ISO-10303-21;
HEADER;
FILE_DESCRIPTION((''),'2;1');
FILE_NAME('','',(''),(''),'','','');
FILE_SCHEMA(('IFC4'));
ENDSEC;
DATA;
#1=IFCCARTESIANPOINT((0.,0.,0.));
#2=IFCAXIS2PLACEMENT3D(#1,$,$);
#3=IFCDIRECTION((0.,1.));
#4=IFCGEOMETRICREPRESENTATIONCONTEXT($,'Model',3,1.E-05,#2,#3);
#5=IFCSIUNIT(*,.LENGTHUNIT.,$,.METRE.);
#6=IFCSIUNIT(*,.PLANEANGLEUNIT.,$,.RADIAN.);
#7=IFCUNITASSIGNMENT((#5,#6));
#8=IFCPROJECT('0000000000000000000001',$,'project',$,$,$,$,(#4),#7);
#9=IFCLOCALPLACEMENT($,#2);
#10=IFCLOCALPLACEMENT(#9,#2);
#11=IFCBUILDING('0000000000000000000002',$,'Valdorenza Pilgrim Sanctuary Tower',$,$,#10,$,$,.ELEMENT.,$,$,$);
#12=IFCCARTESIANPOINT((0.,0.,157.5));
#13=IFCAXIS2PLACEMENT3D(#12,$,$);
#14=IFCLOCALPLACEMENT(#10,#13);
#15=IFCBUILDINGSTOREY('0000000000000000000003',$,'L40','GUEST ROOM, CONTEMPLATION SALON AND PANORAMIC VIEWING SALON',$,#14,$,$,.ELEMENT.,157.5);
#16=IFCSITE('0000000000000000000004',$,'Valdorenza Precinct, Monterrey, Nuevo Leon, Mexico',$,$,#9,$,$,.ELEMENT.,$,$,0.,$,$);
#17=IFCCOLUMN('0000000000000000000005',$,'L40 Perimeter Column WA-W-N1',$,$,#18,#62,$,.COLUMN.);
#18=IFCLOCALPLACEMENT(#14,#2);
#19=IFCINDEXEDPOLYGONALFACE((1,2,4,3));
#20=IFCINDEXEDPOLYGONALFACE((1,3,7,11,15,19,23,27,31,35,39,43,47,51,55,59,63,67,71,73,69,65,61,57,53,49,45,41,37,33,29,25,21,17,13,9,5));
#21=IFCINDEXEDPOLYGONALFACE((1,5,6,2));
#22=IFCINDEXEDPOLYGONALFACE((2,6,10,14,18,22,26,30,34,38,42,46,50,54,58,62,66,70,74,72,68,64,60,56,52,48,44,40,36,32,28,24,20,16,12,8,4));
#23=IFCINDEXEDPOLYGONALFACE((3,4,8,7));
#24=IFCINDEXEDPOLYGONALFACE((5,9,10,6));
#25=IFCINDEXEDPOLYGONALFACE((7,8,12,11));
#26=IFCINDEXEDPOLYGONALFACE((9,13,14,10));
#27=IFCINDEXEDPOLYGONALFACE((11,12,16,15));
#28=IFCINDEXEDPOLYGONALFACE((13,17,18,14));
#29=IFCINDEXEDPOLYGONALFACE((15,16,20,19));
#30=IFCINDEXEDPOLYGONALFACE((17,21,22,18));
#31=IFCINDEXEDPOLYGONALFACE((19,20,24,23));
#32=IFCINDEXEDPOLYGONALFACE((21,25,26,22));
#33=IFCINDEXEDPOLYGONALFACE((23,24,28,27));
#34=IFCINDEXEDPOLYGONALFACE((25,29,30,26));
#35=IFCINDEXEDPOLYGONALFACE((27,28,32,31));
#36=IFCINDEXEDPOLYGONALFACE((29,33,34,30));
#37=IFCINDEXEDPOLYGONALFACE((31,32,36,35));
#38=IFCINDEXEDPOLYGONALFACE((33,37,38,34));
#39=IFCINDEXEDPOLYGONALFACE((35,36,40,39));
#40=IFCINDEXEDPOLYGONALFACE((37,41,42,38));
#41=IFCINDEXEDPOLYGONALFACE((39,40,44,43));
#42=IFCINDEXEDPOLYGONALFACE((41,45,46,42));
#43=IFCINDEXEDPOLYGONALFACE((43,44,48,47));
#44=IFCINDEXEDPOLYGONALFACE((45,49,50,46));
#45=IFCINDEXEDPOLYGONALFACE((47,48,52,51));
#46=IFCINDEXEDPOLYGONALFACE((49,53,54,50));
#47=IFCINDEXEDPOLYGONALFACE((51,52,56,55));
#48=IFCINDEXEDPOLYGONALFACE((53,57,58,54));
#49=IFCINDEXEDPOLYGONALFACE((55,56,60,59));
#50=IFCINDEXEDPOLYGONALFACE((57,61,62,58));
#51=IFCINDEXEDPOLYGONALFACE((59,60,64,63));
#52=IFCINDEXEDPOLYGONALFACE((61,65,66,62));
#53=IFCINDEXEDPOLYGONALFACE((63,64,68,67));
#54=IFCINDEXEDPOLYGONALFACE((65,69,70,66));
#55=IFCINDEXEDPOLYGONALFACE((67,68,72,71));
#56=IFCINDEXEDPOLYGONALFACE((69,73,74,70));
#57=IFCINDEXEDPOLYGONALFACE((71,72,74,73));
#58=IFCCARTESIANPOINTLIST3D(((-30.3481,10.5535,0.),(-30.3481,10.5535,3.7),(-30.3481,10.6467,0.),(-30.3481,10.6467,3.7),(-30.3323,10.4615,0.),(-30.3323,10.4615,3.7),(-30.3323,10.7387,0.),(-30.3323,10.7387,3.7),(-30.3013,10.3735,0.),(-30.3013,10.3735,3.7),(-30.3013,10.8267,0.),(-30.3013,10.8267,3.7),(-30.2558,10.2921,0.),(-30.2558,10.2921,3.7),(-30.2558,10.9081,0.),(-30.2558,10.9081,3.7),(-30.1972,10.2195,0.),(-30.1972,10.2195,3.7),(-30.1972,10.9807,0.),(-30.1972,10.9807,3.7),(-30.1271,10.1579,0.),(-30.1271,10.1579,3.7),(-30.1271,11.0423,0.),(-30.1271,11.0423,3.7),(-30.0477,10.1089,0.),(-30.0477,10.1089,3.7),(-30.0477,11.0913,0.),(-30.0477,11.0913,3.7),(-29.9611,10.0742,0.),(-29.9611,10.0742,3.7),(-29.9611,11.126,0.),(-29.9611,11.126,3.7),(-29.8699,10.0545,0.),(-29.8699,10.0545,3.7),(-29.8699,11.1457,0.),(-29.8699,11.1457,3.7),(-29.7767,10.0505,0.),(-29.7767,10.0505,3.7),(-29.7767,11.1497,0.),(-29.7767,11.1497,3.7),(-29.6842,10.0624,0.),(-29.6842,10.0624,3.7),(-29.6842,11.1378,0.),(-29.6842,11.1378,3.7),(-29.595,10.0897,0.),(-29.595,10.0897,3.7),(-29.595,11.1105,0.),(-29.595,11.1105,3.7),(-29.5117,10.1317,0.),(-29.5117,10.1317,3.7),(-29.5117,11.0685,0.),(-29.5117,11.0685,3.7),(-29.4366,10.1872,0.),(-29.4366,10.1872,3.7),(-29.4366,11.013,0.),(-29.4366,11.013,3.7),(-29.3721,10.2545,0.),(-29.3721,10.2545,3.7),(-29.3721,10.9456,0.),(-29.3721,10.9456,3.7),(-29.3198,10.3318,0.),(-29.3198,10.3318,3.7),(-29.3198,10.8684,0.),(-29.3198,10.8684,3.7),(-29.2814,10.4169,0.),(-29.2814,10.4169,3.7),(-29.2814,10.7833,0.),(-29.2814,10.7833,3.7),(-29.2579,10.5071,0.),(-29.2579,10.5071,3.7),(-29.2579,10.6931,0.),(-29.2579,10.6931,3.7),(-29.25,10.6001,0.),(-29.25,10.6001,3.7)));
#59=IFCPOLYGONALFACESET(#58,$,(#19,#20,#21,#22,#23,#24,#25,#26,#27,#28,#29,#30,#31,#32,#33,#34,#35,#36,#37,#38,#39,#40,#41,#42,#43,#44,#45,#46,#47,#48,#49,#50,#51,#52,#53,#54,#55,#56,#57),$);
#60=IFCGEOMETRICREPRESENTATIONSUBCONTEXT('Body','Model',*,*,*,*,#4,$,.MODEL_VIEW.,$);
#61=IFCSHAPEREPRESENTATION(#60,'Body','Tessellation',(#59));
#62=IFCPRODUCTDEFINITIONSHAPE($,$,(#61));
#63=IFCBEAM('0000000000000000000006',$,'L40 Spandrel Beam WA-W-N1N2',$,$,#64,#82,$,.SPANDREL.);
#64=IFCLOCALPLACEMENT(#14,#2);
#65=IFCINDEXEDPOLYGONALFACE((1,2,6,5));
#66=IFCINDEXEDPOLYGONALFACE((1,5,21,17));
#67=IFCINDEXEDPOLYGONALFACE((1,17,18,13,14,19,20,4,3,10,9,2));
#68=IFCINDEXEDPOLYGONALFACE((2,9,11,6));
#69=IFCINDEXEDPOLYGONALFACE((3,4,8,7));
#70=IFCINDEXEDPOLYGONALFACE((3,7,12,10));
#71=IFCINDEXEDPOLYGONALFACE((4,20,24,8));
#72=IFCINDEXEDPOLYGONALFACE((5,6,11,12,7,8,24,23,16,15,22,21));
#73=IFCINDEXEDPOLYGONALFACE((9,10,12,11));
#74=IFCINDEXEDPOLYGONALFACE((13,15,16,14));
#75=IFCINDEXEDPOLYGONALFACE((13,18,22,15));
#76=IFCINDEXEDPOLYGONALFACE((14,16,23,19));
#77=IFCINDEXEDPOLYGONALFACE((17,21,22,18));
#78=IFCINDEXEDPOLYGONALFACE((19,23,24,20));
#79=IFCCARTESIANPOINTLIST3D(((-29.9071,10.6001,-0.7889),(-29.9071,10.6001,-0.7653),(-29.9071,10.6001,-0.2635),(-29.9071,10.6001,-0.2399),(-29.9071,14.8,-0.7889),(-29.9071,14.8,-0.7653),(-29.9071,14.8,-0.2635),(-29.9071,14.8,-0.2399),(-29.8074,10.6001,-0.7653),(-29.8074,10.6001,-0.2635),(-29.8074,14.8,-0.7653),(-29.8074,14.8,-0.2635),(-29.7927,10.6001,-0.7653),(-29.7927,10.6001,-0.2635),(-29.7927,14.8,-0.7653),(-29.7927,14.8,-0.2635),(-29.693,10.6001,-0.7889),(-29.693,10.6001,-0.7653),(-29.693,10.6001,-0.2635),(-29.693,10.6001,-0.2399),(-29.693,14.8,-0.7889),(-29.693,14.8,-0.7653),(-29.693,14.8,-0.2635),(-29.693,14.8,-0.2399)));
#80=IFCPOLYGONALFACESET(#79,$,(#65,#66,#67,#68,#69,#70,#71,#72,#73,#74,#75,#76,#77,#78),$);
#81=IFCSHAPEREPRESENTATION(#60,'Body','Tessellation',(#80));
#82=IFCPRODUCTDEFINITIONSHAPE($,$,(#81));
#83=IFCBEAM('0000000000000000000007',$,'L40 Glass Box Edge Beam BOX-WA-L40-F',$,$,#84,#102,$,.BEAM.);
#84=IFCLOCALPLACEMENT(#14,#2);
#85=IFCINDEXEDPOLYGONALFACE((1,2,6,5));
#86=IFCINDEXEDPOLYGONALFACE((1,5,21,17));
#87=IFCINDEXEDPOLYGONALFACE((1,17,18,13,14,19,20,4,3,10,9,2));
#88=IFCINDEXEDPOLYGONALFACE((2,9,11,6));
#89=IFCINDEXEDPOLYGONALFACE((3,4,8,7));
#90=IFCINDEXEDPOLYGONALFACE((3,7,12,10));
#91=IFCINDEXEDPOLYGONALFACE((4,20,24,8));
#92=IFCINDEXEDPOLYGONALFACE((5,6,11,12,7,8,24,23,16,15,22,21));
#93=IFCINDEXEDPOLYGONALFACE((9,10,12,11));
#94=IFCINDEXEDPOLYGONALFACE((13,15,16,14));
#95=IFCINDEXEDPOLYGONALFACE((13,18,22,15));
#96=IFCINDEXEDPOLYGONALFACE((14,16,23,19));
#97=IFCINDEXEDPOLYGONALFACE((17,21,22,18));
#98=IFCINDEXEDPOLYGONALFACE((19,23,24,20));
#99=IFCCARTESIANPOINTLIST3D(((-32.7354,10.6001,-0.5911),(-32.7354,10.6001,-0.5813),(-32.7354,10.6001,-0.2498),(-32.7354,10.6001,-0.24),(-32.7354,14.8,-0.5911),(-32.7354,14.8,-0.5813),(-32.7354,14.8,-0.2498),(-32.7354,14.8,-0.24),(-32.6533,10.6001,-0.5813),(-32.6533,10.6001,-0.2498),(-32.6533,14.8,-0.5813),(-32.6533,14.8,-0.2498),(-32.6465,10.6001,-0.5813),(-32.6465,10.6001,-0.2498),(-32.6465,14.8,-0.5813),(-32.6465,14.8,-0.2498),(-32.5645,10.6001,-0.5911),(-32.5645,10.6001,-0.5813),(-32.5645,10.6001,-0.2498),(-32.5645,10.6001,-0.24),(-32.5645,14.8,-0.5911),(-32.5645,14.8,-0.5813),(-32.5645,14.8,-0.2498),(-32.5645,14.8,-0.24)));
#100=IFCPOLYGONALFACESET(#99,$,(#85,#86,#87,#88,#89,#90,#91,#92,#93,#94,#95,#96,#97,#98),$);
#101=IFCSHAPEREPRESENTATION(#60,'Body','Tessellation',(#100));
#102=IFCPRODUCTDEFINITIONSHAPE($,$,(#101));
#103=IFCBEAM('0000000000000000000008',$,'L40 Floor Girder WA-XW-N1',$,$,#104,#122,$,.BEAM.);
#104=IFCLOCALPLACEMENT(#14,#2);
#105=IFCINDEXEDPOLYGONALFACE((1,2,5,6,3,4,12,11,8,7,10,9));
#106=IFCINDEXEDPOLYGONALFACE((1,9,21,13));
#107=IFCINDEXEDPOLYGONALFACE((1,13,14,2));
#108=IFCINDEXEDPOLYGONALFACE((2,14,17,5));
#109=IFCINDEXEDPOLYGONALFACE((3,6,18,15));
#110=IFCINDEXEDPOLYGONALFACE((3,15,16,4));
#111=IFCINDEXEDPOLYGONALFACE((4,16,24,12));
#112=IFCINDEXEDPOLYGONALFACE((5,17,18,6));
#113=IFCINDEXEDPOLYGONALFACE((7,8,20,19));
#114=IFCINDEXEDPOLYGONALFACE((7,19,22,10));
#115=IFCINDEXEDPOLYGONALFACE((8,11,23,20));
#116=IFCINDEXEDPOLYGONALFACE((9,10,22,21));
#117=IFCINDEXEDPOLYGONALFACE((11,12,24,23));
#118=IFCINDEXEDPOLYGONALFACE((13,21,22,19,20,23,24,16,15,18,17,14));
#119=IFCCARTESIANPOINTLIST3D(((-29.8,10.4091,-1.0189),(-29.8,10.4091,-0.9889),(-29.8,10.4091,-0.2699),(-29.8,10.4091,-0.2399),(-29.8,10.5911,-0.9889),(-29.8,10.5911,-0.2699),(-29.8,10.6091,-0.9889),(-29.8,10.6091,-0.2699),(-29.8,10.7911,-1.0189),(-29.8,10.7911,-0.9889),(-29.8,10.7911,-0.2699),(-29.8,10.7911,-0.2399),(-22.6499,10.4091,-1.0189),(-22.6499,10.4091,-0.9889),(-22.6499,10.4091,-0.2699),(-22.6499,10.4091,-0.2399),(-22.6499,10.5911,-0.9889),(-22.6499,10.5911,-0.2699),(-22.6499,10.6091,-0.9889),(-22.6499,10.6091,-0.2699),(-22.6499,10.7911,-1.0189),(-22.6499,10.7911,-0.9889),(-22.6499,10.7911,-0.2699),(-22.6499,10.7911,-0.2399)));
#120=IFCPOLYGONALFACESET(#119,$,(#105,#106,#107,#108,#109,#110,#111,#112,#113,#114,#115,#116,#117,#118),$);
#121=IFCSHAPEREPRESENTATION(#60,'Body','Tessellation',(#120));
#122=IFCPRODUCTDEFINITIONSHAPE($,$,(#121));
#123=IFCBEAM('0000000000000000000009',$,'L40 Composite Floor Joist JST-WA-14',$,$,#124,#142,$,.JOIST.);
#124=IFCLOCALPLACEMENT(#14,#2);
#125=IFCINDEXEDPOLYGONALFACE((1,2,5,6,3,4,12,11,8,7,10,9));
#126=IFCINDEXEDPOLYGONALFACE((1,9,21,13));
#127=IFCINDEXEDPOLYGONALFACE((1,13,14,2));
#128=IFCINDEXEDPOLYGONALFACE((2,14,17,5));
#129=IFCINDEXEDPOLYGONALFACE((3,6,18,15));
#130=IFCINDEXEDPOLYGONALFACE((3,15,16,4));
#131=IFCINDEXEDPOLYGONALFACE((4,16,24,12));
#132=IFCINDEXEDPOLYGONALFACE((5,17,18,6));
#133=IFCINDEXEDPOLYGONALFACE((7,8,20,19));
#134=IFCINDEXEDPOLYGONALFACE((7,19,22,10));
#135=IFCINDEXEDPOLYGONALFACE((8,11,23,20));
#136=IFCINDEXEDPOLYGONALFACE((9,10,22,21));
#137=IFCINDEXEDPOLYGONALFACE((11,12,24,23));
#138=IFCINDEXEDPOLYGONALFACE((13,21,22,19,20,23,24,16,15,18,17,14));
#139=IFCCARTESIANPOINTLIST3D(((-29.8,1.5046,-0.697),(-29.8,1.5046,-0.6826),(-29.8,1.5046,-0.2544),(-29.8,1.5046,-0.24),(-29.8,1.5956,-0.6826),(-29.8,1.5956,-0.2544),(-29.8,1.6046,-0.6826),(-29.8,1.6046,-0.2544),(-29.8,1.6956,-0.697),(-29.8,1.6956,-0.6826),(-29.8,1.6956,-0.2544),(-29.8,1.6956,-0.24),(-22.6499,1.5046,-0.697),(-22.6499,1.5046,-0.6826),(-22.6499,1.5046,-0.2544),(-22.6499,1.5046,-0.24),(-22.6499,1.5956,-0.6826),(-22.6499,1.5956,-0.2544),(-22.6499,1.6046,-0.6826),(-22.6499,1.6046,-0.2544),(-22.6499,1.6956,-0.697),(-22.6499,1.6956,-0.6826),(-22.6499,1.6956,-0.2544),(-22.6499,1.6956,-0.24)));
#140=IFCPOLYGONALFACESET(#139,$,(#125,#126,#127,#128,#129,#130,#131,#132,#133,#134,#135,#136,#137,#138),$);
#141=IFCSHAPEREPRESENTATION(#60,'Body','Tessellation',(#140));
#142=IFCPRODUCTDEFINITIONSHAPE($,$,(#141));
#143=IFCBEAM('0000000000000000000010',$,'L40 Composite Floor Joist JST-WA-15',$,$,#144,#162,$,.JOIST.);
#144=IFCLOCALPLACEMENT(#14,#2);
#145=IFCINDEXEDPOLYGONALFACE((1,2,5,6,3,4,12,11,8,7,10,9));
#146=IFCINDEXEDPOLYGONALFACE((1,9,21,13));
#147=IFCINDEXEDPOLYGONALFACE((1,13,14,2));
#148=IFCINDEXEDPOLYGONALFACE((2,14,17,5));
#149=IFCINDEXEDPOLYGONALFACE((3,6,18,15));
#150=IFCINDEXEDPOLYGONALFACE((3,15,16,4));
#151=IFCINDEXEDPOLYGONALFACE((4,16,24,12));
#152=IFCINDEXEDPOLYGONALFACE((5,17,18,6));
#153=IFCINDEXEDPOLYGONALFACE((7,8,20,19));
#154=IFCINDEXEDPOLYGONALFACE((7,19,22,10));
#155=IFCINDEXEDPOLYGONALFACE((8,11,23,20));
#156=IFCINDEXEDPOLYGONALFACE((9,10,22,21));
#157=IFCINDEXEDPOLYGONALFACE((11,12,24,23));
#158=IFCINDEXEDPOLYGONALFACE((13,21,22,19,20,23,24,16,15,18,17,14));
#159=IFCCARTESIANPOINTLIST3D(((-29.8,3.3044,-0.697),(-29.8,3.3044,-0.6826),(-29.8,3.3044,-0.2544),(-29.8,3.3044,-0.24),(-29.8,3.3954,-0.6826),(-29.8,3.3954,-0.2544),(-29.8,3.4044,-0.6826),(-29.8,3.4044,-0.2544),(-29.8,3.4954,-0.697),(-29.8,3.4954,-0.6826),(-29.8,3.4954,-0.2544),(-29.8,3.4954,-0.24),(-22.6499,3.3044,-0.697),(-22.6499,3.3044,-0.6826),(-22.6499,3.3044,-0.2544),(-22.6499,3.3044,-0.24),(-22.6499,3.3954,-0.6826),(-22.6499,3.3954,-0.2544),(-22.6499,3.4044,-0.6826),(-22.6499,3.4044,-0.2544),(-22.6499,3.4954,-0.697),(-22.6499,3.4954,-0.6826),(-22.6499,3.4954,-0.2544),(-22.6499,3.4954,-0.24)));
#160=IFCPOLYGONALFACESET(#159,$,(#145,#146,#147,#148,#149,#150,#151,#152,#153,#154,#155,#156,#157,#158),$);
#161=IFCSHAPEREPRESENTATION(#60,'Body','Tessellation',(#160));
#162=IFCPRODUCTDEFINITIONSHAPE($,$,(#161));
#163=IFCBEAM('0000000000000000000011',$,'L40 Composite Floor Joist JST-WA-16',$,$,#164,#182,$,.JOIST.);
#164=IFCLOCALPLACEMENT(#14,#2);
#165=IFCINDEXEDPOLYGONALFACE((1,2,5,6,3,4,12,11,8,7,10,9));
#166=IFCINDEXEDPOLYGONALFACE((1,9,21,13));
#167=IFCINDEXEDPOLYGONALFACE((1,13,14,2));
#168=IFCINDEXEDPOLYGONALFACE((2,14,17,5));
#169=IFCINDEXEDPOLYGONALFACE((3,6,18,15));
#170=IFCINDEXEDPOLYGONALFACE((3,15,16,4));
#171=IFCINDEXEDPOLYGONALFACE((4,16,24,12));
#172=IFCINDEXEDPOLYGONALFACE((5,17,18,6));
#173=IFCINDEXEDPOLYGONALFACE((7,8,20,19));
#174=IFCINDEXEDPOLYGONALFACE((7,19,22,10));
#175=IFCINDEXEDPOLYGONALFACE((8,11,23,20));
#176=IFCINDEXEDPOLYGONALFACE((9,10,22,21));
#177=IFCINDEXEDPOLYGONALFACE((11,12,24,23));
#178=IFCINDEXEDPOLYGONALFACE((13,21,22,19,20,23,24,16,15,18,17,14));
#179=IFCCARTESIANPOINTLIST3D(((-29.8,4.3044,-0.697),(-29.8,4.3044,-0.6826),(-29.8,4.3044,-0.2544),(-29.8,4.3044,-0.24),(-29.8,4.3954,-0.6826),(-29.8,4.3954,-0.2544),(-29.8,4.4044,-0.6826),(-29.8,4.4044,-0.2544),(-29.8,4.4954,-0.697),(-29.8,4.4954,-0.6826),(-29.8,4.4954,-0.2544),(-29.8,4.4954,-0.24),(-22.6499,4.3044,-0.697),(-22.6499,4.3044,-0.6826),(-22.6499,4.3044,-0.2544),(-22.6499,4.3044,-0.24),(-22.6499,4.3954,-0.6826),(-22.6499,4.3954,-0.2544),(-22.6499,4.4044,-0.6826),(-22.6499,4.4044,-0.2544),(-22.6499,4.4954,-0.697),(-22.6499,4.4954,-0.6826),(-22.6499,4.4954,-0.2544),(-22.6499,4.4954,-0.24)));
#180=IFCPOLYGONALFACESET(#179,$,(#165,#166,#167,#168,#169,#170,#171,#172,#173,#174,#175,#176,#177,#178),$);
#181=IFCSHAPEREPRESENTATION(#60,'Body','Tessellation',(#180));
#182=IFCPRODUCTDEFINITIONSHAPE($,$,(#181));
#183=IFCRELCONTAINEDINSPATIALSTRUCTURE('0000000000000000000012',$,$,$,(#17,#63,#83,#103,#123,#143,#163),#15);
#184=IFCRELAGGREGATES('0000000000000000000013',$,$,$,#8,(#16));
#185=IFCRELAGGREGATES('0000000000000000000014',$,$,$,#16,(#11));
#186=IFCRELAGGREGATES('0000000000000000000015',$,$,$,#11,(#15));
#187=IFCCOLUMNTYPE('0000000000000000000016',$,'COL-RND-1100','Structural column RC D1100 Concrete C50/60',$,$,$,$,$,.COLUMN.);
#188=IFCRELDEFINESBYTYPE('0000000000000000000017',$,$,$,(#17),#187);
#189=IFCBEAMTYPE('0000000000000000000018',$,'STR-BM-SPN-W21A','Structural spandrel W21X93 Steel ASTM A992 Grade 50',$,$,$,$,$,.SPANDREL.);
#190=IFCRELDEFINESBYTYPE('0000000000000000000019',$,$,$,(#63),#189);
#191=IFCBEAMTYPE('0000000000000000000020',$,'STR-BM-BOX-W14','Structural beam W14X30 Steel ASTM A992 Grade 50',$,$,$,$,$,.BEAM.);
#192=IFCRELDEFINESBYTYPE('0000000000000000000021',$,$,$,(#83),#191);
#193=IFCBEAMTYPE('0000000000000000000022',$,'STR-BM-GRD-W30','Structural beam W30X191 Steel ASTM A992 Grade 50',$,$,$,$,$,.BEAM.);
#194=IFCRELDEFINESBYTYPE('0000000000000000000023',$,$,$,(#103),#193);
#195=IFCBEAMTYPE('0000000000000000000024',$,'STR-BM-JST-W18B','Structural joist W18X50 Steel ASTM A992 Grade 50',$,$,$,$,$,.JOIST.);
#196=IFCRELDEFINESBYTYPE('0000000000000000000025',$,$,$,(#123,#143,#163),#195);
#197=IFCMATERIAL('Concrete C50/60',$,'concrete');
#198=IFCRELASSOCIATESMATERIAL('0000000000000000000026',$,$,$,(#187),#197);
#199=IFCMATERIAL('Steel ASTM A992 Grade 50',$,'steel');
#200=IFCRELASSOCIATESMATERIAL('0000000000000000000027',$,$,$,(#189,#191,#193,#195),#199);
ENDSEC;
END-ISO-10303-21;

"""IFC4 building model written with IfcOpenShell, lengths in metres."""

from ifc_helpers import new_model, si_unit, direction, frame, origin, origin_2d, place, context, subcontext, project, spatial, circle, i_section, extrude, source, transform, mapped, material, material_profile, profile_set, type_object, element, save


model = new_model("IFC4")

# Units and contexts
model_context = context("Model", 3, precision=1e-05, world=origin(), true_north=direction((0.0, 1.0)))
body_context = subcontext(model_context, "Body", "Model", "MODEL_VIEW")
ifc_project = project(units=[si_unit("LENGTHUNIT", "METRE"), si_unit("PLANEANGLEUNIT", "RADIAN")], contexts=[model_context])

# Site, building, storey
site_placement = place(None, origin())
site = spatial("IfcSite", under=ifc_project, at=site_placement, Name="Valdorenza Precinct, Monterrey, Nuevo Leon, Mexico", CompositionType="ELEMENT", RefElevation=0.0)
building_placement = place(site_placement, origin())
building = spatial("IfcBuilding", under=site, at=building_placement, Name="Valdorenza Pilgrim Sanctuary Tower", CompositionType="ELEMENT")
storey_placement = place(building_placement, frame((0.0, 0.0, 157.5)))
storey = spatial("IfcBuildingStorey", under=building, at=storey_placement, Name="L40", Description="GUEST ROOM, CONTEMPLATION SALON AND PANORAMIC VIEWING SALON", CompositionType="ELEMENT", Elevation=157.5)

# Column
ifc_material_1 = material(Name="Concrete C50/60", Category="concrete")
ifc_material_profile_1 = material_profile(ifc_material_1, circle(Radius=0.55, at=origin_2d()), Name="RC D1100")
ifc_profile_set_1 = profile_set([ifc_material_profile_1], Name="Concrete C50/60")
column_type = type_object("IfcColumnType", Name="COL-RND-1100", Description="Structural column RC D1100 Concrete C50/60", PredefinedType="COLUMN", material=ifc_profile_set_1)
shared_shape_1 = source(origin(), body_context, "Body", "SweptSolid", [
    extrude(circle(Radius=0.55, at=origin_2d()), origin(), (0.0, 0.0, 1.0), 3.7),
])
column_placement = place(storey_placement, frame((-29.8, 10.6001, 0.0), z_axis=(0.0, 0.0, 1.0), x_axis=(1.0, 0.0, 0.0)))
element("IfcColumn", 1, at=column_placement, inside=storey, type_object=column_type, Name="L40 Perimeter Column WA-W-N1", PredefinedType="COLUMN", context=body_context, shape_type="MappedRepresentation", body=[
    mapped(shared_shape_1, transform((0.0, 0.0, 0.0), x_axis=(1.0, 0.0, 0.0), y_axis=(0.0, 1.0, 0.0), z_axis=(0.0, 0.0, 1.0), scale=1.0)),
])

# Beams
ifc_material_2 = material(Name="Steel ASTM A992 Grade 50", Category="steel")
ifc_material_profile_2 = material_profile(ifc_material_2, i_section(OverallWidth=0.2141, OverallDepth=0.5491, WebThickness=0.0146, FlangeThickness=0.0237, at=origin_2d()), Name="W21X93")
ifc_profile_set_2 = profile_set([ifc_material_profile_2], Name="Steel ASTM A992 Grade 50")
beam_type_1 = type_object("IfcBeamType", Name="STR-BM-SPN-W21A", Description="Structural spandrel W21X93 Steel ASTM A992 Grade 50", PredefinedType="SPANDREL", material=ifc_profile_set_2)
shared_shape_2 = source(origin(), body_context, "Body", "SweptSolid", [
    extrude(i_section(OverallWidth=0.2141, OverallDepth=0.5491, WebThickness=0.0146, FlangeThickness=0.0237, at=origin_2d()), origin(), (0.0, 0.0, 1.0), 4.2),
])
beam_1_placement = place(storey_placement, frame((-29.8, 10.6001, -0.5144), z_axis=(0.0, 1.0, 0.0), x_axis=(-1.0, 0.0, 0.0)))
element("IfcBeam", 2, at=beam_1_placement, inside=storey, type_object=beam_type_1, Name="L40 Spandrel Beam WA-W-N1N2", PredefinedType="SPANDREL", context=body_context, shape_type="MappedRepresentation", body=[
    mapped(shared_shape_2, transform((0.0, 0.0, 0.0), x_axis=(1.0, 0.0, 0.0), y_axis=(0.0, 1.0, 0.0), z_axis=(0.0, 0.0, 1.0), scale=1.0)),
])
ifc_material_profile_3 = material_profile(ifc_material_2, i_section(OverallWidth=0.1709, OverallDepth=0.3511, WebThickness=0.0068, FlangeThickness=0.0098, at=origin_2d()), Name="W14X30")
ifc_profile_set_3 = profile_set([ifc_material_profile_3], Name="Steel ASTM A992 Grade 50")
beam_type_2 = type_object("IfcBeamType", Name="STR-BM-BOX-W14", Description="Structural beam W14X30 Steel ASTM A992 Grade 50", PredefinedType="BEAM", material=ifc_profile_set_3)
shared_shape_3 = source(origin(), body_context, "Body", "SweptSolid", [
    extrude(i_section(OverallWidth=0.1709, OverallDepth=0.3511, WebThickness=0.0068, FlangeThickness=0.0098, at=origin_2d()), origin(), (0.0, 0.0, 1.0), 4.2),
])
beam_2_placement = place(storey_placement, frame((-32.6499, 10.6001, -0.4155), z_axis=(0.0, 1.0, 0.0), x_axis=(-1.0, 0.0, 0.0)))
element("IfcBeam", 3, at=beam_2_placement, inside=storey, type_object=beam_type_2, Name="L40 Glass Box Edge Beam BOX-WA-L40-F", PredefinedType="BEAM", context=body_context, shape_type="MappedRepresentation", body=[
    mapped(shared_shape_3, transform((0.0, 0.0, 0.0), x_axis=(1.0, 0.0, 0.0), y_axis=(0.0, 1.0, 0.0), z_axis=(0.0, 0.0, 1.0), scale=1.0)),
])
ifc_material_profile_4 = material_profile(ifc_material_2, i_section(OverallWidth=0.3821, OverallDepth=0.7791, WebThickness=0.0181, FlangeThickness=0.03, at=origin_2d()), Name="W30X191")
ifc_profile_set_4 = profile_set([ifc_material_profile_4], Name="Steel ASTM A992 Grade 50")
beam_type_3 = type_object("IfcBeamType", Name="STR-BM-GRD-W30", Description="Structural beam W30X191 Steel ASTM A992 Grade 50", PredefinedType="BEAM", material=ifc_profile_set_4)
shared_shape_4 = source(origin(), body_context, "Body", "SweptSolid", [
    extrude(i_section(OverallWidth=0.3821, OverallDepth=0.7791, WebThickness=0.0181, FlangeThickness=0.03, at=origin_2d()), origin(), (0.0, 0.0, 1.0), 7.1501),
])
beam_3_placement = place(storey_placement, frame((-29.8, 10.6001, -0.6294), z_axis=(1.0, 0.0, 0.0), x_axis=(0.0, 1.0, 0.0)))
element("IfcBeam", 4, at=beam_3_placement, inside=storey, type_object=beam_type_3, Name="L40 Floor Girder WA-XW-N1", PredefinedType="BEAM", context=body_context, shape_type="MappedRepresentation", body=[
    mapped(shared_shape_4, transform((0.0, 0.0, 0.0), x_axis=(1.0, 0.0, 0.0), y_axis=(0.0, 1.0, 0.0), z_axis=(0.0, 0.0, 1.0), scale=1.0)),
])
ifc_material_profile_5 = material_profile(ifc_material_2, i_section(OverallWidth=0.1909, OverallDepth=0.457, WebThickness=0.009, FlangeThickness=0.0144, at=origin_2d()), Name="W18X50")
ifc_profile_set_5 = profile_set([ifc_material_profile_5], Name="Steel ASTM A992 Grade 50")
beam_type_4 = type_object("IfcBeamType", Name="STR-BM-JST-W18B", Description="Structural joist W18X50 Steel ASTM A992 Grade 50", PredefinedType="JOIST", material=ifc_profile_set_5)
shared_shape_5 = source(origin(), body_context, "Body", "SweptSolid", [
    extrude(i_section(OverallWidth=0.1909, OverallDepth=0.457, WebThickness=0.009, FlangeThickness=0.0144, at=origin_2d()), origin(), (0.0, 0.0, 1.0), 7.1501),
])
for number, where, z_axis, x_axis, name in (
    (5, (-29.8, 1.6001, -0.4685), (1.0, 0.0, 0.0), (0.0, 1.0, 0.0), "L40 Composite Floor Joist JST-WA-14"),
    (6, (-29.8, 3.3999, -0.4685), (1.0, 0.0, 0.0), (0.0, 1.0, 0.0), "L40 Composite Floor Joist JST-WA-15"),
    (7, (-29.8, 4.3999, -0.4685), (1.0, 0.0, 0.0), (0.0, 1.0, 0.0), "L40 Composite Floor Joist JST-WA-16"),
):
    element("IfcBeam", number, at=place(storey_placement, frame(where, z_axis=z_axis, x_axis=x_axis)), inside=storey, type_object=beam_type_4, Name=name, PredefinedType="JOIST", context=body_context, shape_type="MappedRepresentation", body=[
        mapped(shared_shape_5, transform((0.0, 0.0, 0.0), x_axis=(1.0, 0.0, 0.0), y_axis=(0.0, 1.0, 0.0), z_axis=(0.0, 0.0, 1.0), scale=1.0)),
    ])

save(model, "model.ifc")
